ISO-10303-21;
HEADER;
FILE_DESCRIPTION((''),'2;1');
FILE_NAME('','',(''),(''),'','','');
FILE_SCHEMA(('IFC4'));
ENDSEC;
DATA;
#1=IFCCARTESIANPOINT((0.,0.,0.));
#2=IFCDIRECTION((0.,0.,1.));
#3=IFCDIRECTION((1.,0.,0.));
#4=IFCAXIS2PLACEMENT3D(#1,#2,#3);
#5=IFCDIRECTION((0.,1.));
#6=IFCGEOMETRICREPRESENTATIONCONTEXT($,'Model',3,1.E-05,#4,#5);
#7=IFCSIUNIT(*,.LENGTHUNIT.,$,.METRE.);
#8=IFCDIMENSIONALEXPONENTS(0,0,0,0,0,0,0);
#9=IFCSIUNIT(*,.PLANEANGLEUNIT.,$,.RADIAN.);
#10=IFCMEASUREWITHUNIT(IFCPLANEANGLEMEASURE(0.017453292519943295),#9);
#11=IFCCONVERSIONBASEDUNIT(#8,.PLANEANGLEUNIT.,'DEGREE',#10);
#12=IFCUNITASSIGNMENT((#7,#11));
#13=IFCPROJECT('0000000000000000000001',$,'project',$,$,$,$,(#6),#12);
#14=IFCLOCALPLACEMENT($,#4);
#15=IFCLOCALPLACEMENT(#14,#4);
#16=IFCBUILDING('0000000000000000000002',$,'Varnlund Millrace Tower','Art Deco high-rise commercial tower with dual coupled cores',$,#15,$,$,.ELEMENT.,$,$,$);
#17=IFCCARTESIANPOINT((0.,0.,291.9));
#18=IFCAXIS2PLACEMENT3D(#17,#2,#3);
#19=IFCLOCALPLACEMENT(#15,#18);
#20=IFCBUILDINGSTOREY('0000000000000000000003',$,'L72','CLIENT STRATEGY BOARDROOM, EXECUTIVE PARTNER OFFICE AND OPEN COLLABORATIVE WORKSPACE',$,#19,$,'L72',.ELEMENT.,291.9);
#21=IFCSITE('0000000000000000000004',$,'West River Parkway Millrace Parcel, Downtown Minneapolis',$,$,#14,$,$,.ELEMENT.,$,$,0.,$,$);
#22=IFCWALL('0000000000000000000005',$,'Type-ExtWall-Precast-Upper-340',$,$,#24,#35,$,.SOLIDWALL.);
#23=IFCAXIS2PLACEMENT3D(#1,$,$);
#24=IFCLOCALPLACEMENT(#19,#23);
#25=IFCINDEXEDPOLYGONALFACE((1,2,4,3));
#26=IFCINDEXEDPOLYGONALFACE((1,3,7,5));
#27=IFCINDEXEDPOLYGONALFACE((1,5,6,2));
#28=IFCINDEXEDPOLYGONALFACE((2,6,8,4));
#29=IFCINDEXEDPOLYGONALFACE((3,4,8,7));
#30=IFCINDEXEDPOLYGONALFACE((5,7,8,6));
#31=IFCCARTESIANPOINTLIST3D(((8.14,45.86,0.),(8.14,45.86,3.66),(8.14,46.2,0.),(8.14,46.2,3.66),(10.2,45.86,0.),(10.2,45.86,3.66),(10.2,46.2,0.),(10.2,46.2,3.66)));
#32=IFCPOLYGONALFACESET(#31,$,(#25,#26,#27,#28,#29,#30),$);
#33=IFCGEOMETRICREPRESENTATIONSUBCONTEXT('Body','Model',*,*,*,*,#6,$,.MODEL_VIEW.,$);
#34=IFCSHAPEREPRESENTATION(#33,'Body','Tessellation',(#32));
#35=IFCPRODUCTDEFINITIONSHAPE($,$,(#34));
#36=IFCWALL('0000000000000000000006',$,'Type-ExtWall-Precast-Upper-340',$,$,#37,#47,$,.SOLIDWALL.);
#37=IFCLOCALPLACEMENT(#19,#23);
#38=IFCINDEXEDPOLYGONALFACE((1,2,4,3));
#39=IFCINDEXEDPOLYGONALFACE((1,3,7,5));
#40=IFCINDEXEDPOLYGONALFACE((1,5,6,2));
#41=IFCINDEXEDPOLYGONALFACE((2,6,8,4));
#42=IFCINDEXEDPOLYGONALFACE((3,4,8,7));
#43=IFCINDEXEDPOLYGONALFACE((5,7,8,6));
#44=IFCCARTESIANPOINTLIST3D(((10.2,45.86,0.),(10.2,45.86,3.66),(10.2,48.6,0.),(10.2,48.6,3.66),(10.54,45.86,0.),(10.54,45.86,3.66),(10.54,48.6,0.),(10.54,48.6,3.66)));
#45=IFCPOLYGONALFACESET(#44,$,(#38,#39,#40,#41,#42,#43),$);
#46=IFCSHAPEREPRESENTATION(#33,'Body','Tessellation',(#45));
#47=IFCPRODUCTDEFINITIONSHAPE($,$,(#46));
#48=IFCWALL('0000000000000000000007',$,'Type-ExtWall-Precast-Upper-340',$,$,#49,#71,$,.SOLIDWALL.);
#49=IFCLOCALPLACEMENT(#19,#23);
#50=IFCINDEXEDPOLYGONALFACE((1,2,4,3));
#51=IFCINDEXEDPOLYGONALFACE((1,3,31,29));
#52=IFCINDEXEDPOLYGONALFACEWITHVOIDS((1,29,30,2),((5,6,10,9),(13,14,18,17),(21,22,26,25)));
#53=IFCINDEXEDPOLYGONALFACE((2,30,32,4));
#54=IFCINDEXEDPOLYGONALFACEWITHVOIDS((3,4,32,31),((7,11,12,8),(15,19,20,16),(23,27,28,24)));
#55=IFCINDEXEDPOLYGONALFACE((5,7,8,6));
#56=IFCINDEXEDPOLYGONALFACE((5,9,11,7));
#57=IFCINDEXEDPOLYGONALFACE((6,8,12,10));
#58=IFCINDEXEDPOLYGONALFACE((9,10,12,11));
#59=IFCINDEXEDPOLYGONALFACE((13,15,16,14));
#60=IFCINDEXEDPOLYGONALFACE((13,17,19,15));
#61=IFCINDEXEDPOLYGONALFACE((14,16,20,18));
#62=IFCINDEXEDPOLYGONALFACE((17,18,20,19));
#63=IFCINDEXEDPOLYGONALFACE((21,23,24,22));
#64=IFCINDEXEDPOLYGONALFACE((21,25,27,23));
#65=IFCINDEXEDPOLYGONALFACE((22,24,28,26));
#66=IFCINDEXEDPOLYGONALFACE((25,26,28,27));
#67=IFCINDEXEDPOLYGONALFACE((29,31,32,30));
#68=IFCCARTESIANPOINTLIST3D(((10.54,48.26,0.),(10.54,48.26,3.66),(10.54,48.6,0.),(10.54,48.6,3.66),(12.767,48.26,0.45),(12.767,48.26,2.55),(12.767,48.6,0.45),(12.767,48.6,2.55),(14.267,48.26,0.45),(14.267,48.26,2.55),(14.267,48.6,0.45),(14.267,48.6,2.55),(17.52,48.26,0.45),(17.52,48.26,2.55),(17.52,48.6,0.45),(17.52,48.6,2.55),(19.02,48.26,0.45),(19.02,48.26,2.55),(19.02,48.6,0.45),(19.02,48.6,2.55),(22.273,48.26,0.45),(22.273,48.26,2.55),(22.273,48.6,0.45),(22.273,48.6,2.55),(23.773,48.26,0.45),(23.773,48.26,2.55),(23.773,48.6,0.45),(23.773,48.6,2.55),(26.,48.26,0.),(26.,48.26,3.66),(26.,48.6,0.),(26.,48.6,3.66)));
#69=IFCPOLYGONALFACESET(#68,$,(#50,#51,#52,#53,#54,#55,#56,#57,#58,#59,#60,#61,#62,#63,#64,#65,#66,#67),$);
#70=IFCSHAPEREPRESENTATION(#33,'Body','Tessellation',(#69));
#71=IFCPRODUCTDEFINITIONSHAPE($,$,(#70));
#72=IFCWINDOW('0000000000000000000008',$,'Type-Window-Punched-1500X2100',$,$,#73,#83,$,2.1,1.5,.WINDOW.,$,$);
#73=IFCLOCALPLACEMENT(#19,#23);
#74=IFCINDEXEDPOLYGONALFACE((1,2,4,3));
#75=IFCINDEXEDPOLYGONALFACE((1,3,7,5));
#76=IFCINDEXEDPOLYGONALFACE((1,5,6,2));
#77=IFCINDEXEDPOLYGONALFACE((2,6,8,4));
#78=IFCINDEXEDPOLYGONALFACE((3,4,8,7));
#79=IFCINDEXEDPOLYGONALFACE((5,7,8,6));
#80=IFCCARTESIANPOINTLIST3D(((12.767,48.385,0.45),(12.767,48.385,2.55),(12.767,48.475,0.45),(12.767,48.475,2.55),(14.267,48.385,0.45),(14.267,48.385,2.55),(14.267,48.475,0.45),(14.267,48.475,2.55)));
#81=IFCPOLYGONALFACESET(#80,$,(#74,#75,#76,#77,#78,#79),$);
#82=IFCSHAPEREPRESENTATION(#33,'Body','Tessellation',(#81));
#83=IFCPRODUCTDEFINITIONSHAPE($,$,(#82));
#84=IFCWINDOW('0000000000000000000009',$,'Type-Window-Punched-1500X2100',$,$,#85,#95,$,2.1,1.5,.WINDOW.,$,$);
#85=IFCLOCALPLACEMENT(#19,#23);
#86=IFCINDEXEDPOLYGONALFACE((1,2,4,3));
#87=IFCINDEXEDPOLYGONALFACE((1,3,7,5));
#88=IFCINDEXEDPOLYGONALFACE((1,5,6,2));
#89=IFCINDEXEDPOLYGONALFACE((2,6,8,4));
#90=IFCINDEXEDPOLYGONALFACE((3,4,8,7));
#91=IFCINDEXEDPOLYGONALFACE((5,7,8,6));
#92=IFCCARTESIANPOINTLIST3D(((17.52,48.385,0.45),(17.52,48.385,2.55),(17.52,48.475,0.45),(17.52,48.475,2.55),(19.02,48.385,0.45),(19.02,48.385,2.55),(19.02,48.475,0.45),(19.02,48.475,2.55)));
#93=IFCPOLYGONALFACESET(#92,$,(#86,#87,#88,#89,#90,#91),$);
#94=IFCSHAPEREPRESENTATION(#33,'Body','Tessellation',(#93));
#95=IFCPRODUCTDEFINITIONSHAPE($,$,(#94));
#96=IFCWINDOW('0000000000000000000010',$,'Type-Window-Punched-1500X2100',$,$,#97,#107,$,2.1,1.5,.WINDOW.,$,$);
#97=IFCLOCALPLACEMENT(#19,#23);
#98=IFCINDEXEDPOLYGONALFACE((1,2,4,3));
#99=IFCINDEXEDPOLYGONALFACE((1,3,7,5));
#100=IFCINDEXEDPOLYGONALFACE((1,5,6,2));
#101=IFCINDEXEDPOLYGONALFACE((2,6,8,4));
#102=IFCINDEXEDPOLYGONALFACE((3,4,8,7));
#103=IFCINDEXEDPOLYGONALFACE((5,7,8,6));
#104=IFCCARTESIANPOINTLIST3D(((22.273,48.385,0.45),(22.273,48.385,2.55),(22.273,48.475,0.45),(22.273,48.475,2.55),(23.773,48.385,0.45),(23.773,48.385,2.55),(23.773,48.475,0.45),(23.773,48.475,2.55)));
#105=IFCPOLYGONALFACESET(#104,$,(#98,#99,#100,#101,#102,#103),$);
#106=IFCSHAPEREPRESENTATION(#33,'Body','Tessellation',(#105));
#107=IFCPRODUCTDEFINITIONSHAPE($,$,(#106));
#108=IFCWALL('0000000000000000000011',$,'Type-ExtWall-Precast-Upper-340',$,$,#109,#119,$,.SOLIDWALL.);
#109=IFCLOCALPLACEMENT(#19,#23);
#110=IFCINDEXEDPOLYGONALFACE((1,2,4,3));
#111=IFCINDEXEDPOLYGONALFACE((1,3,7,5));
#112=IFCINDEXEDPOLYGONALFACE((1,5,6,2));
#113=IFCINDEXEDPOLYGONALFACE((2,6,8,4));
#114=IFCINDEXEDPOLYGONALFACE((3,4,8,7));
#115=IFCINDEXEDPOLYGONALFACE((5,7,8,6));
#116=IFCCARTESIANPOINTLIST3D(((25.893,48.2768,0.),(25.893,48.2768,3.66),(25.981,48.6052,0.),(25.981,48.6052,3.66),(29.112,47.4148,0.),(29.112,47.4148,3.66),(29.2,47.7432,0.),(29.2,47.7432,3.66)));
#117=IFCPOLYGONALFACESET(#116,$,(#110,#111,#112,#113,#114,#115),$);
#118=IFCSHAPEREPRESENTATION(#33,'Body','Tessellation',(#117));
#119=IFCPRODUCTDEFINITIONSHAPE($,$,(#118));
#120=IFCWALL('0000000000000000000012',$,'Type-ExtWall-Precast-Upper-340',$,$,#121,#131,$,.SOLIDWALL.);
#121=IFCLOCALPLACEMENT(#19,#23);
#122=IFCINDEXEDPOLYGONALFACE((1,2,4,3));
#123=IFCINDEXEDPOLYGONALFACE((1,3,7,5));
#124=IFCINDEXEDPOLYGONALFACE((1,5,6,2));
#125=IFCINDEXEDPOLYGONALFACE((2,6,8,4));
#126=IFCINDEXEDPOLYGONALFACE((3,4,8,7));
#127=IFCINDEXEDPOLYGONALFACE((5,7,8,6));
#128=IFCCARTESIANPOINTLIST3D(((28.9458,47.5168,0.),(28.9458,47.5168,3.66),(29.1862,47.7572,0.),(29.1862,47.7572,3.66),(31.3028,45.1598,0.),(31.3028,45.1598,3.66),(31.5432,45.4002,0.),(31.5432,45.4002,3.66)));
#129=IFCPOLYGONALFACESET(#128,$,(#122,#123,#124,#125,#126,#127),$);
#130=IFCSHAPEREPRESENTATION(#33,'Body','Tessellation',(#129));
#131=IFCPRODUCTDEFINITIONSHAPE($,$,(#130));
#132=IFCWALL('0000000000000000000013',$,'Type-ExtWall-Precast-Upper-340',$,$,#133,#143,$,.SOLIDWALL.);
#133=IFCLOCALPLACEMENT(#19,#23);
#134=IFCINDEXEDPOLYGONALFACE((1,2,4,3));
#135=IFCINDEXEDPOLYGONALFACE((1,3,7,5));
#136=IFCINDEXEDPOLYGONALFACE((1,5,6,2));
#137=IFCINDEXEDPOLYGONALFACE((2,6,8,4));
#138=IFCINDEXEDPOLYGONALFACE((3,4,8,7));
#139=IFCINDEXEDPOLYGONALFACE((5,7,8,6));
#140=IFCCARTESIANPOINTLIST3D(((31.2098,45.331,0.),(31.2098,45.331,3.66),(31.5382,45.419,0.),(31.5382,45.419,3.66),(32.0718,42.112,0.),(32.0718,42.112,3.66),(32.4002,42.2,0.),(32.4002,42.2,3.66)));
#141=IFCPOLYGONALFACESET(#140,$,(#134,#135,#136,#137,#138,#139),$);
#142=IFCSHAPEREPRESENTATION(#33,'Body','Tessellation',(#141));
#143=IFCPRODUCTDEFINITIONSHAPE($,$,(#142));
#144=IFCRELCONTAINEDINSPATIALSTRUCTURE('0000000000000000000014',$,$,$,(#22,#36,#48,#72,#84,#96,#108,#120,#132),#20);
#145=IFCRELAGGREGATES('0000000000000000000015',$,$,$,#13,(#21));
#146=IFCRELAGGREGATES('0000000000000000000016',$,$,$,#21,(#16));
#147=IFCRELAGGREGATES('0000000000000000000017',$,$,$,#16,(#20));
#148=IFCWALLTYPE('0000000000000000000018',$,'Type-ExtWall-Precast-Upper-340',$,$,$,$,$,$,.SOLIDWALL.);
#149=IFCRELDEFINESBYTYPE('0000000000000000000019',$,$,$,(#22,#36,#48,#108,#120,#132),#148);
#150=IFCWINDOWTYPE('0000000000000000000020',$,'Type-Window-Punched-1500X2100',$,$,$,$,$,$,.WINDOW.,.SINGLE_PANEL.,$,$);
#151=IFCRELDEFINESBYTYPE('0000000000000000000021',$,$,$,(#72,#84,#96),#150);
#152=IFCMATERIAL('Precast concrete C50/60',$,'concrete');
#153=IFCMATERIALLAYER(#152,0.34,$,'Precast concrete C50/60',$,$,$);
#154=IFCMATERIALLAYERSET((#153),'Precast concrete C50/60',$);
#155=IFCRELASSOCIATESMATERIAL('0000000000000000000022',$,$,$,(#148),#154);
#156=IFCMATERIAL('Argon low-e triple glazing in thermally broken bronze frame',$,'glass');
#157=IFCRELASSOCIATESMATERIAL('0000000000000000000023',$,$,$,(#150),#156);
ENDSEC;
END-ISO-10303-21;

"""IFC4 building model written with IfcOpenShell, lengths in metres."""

from ifc_helpers import new_model, entity, si_unit, converted_unit, direction, frame, origin_with_axes, origin_2d_with_axis, place, context, subcontext, project, spatial, polyline, rectangle, outline, extrude, material, layer, layer_set, type_object, element, fill, save


model = new_model("IFC4")

# Units and contexts
model_context = context("Model", 3, precision=1e-05, world=origin_with_axes(), true_north=direction((0.0, 1.0)))
body_context = subcontext(model_context, "Body", "Model", "MODEL_VIEW")
ifc_project = project(units=[si_unit("LENGTHUNIT", "METRE"), converted_unit("PLANEANGLEUNIT", "DEGREE", entity("IfcPlaneAngleMeasure", 0.017453292519943295), si_unit("PLANEANGLEUNIT", "RADIAN"), dimensions=[0, 0, 0, 0, 0, 0, 0])], contexts=[model_context])

# Site, building, storey
site_placement = place(None, origin_with_axes())
site = spatial("IfcSite", under=ifc_project, at=site_placement, Name="West River Parkway Millrace Parcel, Downtown Minneapolis", CompositionType="ELEMENT", RefElevation=0.0)
building_placement = place(site_placement, origin_with_axes())
building = spatial("IfcBuilding", under=site, at=building_placement, Name="Varnlund Millrace Tower", Description="Art Deco high-rise commercial tower with dual coupled cores", CompositionType="ELEMENT")
storey_placement = place(building_placement, frame((0.0, 0.0, 291.9), z_axis=(0.0, 0.0, 1.0), x_axis=(1.0, 0.0, 0.0)))
storey = spatial("IfcBuildingStorey", under=building, at=storey_placement, Name="L72", Description="CLIENT STRATEGY BOARDROOM, EXECUTIVE PARTNER OFFICE AND OPEN COLLABORATIVE WORKSPACE", LongName="L72", CompositionType="ELEMENT", Elevation=291.9)

# Walls
ifc_material_1 = material(Name="Precast concrete C50/60", Category="concrete")
ifc_layer_1 = layer(ifc_material_1, 0.34, Name="Precast concrete C50/60")
ifc_layer_set_1 = layer_set([ifc_layer_1], Name="Precast concrete C50/60")
wall_type_1 = type_object("IfcWallType", Name="Type-ExtWall-Precast-Upper-340", PredefinedType="SOLIDWALL", material=ifc_layer_set_1)
wall_1_placement = place(storey_placement, frame((8.14, 46.03, 0.0), z_axis=(0.0, 0.0, 1.0), x_axis=(1.0, 0.0, 0.0)))
element("IfcWall", 1, at=wall_1_placement, inside=storey, type_object=wall_type_1, Name="Type-ExtWall-Precast-Upper-340", PredefinedType="SOLIDWALL", context=body_context, shape_type="SweptSolid", body=[
    extrude(outline(polyline([(0.0, -0.17), (2.06, -0.17), (2.06, 0.17), (0.0, 0.17), (0.0, -0.17)])), origin_with_axes(), (0.0, 0.0, 1.0), 3.66),
])
wall_2_placement = place(storey_placement, frame((10.37, 45.86, 0.0), z_axis=(0.0, 0.0, 1.0), x_axis=(0.0, 1.0, 0.0)))
element("IfcWall", 2, at=wall_2_placement, inside=storey, type_object=wall_type_1, Name="Type-ExtWall-Precast-Upper-340", PredefinedType="SOLIDWALL", context=body_context, shape_type="SweptSolid", body=[
    extrude(outline(polyline([(0.0, -0.17), (2.74, -0.17), (2.74, 0.17), (0.0, 0.17), (0.0, -0.17)])), origin_with_axes(), (0.0, 0.0, 1.0), 3.66),
])

# Wall, openings, windows
wall_3_placement = place(storey_placement, frame((10.54, 48.43, 0.0), z_axis=(0.0, 0.0, 1.0), x_axis=(1.0, 0.0, 0.0)))
wall_3 = element("IfcWall", 3, at=wall_3_placement, inside=storey, type_object=wall_type_1, Name="Type-ExtWall-Precast-Upper-340", PredefinedType="SOLIDWALL", context=body_context, shape_type="SweptSolid", body=[
    extrude(outline(polyline([(0.0, -0.17), (15.46, -0.17), (15.46, 0.17), (0.0, 0.17), (0.0, -0.17)])), origin_with_axes(), (0.0, 0.0, 1.0), 3.66),
])
opening_1_placement = place(wall_3_placement, frame((2.977, 0.0, 0.45), z_axis=(0.0, 0.0, 1.0), x_axis=(1.0, 0.0, 0.0)))
opening_1 = element("IfcOpeningElement", 4, at=opening_1_placement, cuts=wall_3, PredefinedType="OPENING", context=body_context, shape_type="SweptSolid", body=[
    extrude(rectangle(XDim=1.5, YDim=0.36, at=origin_2d_with_axis()), origin_with_axes(), (0.0, 0.0, 1.0), 2.1),
])
opening_2_placement = place(wall_3_placement, frame((7.73, 0.0, 0.45), z_axis=(0.0, 0.0, 1.0), x_axis=(1.0, 0.0, 0.0)))
opening_2 = element("IfcOpeningElement", 5, at=opening_2_placement, cuts=wall_3, PredefinedType="OPENING", context=body_context, shape_type="SweptSolid", body=[
    extrude(rectangle(XDim=1.5, YDim=0.36, at=origin_2d_with_axis()), origin_with_axes(), (0.0, 0.0, 1.0), 2.1),
])
opening_3_placement = place(wall_3_placement, frame((12.483, 0.0, 0.45), z_axis=(0.0, 0.0, 1.0), x_axis=(1.0, 0.0, 0.0)))
opening_3 = element("IfcOpeningElement", 6, at=opening_3_placement, cuts=wall_3, PredefinedType="OPENING", context=body_context, shape_type="SweptSolid", body=[
    extrude(rectangle(XDim=1.5, YDim=0.36, at=origin_2d_with_axis()), origin_with_axes(), (0.0, 0.0, 1.0), 2.1),
])
ifc_material_2 = material(Name="Argon low-e triple glazing in thermally broken bronze frame", Category="glass")
window_type = type_object("IfcWindowType", Name="Type-Window-Punched-1500X2100", PartitioningType="SINGLE_PANEL", PredefinedType="WINDOW", material=ifc_material_2)
window_1_placement = place(wall_3_placement, frame((2.977, 0.0, 0.45), z_axis=(0.0, 0.0, 1.0), x_axis=(1.0, 0.0, 0.0)))
window_1 = element("IfcWindow", 7, at=window_1_placement, inside=storey, type_object=window_type, Name="Type-Window-Punched-1500X2100", OverallHeight=2.1, OverallWidth=1.5, PredefinedType="WINDOW", context=body_context, shape_type="SweptSolid", body=[
    extrude(rectangle(XDim=1.5, YDim=0.09, at=origin_2d_with_axis()), origin_with_axes(), (0.0, 0.0, 1.0), 2.1),
])
fill(opening_1, window_1)
window_2_placement = place(wall_3_placement, frame((7.73, 0.0, 0.45), z_axis=(0.0, 0.0, 1.0), x_axis=(1.0, 0.0, 0.0)))
window_2 = element("IfcWindow", 8, at=window_2_placement, inside=storey, type_object=window_type, Name="Type-Window-Punched-1500X2100", OverallHeight=2.1, OverallWidth=1.5, PredefinedType="WINDOW", context=body_context, shape_type="SweptSolid", body=[
    extrude(rectangle(XDim=1.5, YDim=0.09, at=origin_2d_with_axis()), origin_with_axes(), (0.0, 0.0, 1.0), 2.1),
])
fill(opening_2, window_2)
window_3_placement = place(wall_3_placement, frame((12.483, 0.0, 0.45), z_axis=(0.0, 0.0, 1.0), x_axis=(1.0, 0.0, 0.0)))
window_3 = element("IfcWindow", 9, at=window_3_placement, inside=storey, type_object=window_type, Name="Type-Window-Punched-1500X2100", OverallHeight=2.1, OverallWidth=1.5, PredefinedType="WINDOW", context=body_context, shape_type="SweptSolid", body=[
    extrude(rectangle(XDim=1.5, YDim=0.09, at=origin_2d_with_axis()), origin_with_axes(), (0.0, 0.0, 1.0), 2.1),
])
fill(opening_3, window_3)

# Walls
wall_4_placement = place(storey_placement, frame((25.937, 48.441, 0.0), z_axis=(0.0, 0.0, 1.0), x_axis=(0.965965, -0.258671, 0.0)))
element("IfcWall", 10, at=wall_4_placement, inside=storey, type_object=wall_type_1, Name="Type-ExtWall-Precast-Upper-340", PredefinedType="SOLIDWALL", context=body_context, shape_type="SweptSolid", body=[
    extrude(outline(polyline([(0.0, -0.17), (3.3324, -0.17), (3.3324, 0.17), (0.0, 0.17), (0.0, -0.17)])), origin_with_axes(), (0.0, 0.0, 1.0), 3.66),
])
wall_5_placement = place(storey_placement, frame((29.066, 47.637, 0.0), z_axis=(0.0, 0.0, 1.0), x_axis=(0.707107, -0.707107, 0.0)))
element("IfcWall", 11, at=wall_5_placement, inside=storey, type_object=wall_type_1, Name="Type-ExtWall-Precast-Upper-340", PredefinedType="SOLIDWALL", context=body_context, shape_type="SweptSolid", body=[
    extrude(outline(polyline([(0.0, -0.17), (3.3333, -0.17), (3.3333, 0.17), (0.0, 0.17), (0.0, -0.17)])), origin_with_axes(), (0.0, 0.0, 1.0), 3.66),
])
wall_6_placement = place(storey_placement, frame((31.374, 45.375, 0.0), z_axis=(0.0, 0.0, 1.0), x_axis=(0.258671, -0.965965, 0.0)))
element("IfcWall", 12, at=wall_6_placement, inside=storey, type_object=wall_type_1, Name="Type-ExtWall-Precast-Upper-340", PredefinedType="SOLIDWALL", context=body_context, shape_type="SweptSolid", body=[
    extrude(outline(polyline([(0.0, -0.17), (3.3324, -0.17), (3.3324, 0.17), (0.0, 0.17), (0.0, -0.17)])), origin_with_axes(), (0.0, 0.0, 1.0), 3.66),
])

save(model, "model.ifc")
